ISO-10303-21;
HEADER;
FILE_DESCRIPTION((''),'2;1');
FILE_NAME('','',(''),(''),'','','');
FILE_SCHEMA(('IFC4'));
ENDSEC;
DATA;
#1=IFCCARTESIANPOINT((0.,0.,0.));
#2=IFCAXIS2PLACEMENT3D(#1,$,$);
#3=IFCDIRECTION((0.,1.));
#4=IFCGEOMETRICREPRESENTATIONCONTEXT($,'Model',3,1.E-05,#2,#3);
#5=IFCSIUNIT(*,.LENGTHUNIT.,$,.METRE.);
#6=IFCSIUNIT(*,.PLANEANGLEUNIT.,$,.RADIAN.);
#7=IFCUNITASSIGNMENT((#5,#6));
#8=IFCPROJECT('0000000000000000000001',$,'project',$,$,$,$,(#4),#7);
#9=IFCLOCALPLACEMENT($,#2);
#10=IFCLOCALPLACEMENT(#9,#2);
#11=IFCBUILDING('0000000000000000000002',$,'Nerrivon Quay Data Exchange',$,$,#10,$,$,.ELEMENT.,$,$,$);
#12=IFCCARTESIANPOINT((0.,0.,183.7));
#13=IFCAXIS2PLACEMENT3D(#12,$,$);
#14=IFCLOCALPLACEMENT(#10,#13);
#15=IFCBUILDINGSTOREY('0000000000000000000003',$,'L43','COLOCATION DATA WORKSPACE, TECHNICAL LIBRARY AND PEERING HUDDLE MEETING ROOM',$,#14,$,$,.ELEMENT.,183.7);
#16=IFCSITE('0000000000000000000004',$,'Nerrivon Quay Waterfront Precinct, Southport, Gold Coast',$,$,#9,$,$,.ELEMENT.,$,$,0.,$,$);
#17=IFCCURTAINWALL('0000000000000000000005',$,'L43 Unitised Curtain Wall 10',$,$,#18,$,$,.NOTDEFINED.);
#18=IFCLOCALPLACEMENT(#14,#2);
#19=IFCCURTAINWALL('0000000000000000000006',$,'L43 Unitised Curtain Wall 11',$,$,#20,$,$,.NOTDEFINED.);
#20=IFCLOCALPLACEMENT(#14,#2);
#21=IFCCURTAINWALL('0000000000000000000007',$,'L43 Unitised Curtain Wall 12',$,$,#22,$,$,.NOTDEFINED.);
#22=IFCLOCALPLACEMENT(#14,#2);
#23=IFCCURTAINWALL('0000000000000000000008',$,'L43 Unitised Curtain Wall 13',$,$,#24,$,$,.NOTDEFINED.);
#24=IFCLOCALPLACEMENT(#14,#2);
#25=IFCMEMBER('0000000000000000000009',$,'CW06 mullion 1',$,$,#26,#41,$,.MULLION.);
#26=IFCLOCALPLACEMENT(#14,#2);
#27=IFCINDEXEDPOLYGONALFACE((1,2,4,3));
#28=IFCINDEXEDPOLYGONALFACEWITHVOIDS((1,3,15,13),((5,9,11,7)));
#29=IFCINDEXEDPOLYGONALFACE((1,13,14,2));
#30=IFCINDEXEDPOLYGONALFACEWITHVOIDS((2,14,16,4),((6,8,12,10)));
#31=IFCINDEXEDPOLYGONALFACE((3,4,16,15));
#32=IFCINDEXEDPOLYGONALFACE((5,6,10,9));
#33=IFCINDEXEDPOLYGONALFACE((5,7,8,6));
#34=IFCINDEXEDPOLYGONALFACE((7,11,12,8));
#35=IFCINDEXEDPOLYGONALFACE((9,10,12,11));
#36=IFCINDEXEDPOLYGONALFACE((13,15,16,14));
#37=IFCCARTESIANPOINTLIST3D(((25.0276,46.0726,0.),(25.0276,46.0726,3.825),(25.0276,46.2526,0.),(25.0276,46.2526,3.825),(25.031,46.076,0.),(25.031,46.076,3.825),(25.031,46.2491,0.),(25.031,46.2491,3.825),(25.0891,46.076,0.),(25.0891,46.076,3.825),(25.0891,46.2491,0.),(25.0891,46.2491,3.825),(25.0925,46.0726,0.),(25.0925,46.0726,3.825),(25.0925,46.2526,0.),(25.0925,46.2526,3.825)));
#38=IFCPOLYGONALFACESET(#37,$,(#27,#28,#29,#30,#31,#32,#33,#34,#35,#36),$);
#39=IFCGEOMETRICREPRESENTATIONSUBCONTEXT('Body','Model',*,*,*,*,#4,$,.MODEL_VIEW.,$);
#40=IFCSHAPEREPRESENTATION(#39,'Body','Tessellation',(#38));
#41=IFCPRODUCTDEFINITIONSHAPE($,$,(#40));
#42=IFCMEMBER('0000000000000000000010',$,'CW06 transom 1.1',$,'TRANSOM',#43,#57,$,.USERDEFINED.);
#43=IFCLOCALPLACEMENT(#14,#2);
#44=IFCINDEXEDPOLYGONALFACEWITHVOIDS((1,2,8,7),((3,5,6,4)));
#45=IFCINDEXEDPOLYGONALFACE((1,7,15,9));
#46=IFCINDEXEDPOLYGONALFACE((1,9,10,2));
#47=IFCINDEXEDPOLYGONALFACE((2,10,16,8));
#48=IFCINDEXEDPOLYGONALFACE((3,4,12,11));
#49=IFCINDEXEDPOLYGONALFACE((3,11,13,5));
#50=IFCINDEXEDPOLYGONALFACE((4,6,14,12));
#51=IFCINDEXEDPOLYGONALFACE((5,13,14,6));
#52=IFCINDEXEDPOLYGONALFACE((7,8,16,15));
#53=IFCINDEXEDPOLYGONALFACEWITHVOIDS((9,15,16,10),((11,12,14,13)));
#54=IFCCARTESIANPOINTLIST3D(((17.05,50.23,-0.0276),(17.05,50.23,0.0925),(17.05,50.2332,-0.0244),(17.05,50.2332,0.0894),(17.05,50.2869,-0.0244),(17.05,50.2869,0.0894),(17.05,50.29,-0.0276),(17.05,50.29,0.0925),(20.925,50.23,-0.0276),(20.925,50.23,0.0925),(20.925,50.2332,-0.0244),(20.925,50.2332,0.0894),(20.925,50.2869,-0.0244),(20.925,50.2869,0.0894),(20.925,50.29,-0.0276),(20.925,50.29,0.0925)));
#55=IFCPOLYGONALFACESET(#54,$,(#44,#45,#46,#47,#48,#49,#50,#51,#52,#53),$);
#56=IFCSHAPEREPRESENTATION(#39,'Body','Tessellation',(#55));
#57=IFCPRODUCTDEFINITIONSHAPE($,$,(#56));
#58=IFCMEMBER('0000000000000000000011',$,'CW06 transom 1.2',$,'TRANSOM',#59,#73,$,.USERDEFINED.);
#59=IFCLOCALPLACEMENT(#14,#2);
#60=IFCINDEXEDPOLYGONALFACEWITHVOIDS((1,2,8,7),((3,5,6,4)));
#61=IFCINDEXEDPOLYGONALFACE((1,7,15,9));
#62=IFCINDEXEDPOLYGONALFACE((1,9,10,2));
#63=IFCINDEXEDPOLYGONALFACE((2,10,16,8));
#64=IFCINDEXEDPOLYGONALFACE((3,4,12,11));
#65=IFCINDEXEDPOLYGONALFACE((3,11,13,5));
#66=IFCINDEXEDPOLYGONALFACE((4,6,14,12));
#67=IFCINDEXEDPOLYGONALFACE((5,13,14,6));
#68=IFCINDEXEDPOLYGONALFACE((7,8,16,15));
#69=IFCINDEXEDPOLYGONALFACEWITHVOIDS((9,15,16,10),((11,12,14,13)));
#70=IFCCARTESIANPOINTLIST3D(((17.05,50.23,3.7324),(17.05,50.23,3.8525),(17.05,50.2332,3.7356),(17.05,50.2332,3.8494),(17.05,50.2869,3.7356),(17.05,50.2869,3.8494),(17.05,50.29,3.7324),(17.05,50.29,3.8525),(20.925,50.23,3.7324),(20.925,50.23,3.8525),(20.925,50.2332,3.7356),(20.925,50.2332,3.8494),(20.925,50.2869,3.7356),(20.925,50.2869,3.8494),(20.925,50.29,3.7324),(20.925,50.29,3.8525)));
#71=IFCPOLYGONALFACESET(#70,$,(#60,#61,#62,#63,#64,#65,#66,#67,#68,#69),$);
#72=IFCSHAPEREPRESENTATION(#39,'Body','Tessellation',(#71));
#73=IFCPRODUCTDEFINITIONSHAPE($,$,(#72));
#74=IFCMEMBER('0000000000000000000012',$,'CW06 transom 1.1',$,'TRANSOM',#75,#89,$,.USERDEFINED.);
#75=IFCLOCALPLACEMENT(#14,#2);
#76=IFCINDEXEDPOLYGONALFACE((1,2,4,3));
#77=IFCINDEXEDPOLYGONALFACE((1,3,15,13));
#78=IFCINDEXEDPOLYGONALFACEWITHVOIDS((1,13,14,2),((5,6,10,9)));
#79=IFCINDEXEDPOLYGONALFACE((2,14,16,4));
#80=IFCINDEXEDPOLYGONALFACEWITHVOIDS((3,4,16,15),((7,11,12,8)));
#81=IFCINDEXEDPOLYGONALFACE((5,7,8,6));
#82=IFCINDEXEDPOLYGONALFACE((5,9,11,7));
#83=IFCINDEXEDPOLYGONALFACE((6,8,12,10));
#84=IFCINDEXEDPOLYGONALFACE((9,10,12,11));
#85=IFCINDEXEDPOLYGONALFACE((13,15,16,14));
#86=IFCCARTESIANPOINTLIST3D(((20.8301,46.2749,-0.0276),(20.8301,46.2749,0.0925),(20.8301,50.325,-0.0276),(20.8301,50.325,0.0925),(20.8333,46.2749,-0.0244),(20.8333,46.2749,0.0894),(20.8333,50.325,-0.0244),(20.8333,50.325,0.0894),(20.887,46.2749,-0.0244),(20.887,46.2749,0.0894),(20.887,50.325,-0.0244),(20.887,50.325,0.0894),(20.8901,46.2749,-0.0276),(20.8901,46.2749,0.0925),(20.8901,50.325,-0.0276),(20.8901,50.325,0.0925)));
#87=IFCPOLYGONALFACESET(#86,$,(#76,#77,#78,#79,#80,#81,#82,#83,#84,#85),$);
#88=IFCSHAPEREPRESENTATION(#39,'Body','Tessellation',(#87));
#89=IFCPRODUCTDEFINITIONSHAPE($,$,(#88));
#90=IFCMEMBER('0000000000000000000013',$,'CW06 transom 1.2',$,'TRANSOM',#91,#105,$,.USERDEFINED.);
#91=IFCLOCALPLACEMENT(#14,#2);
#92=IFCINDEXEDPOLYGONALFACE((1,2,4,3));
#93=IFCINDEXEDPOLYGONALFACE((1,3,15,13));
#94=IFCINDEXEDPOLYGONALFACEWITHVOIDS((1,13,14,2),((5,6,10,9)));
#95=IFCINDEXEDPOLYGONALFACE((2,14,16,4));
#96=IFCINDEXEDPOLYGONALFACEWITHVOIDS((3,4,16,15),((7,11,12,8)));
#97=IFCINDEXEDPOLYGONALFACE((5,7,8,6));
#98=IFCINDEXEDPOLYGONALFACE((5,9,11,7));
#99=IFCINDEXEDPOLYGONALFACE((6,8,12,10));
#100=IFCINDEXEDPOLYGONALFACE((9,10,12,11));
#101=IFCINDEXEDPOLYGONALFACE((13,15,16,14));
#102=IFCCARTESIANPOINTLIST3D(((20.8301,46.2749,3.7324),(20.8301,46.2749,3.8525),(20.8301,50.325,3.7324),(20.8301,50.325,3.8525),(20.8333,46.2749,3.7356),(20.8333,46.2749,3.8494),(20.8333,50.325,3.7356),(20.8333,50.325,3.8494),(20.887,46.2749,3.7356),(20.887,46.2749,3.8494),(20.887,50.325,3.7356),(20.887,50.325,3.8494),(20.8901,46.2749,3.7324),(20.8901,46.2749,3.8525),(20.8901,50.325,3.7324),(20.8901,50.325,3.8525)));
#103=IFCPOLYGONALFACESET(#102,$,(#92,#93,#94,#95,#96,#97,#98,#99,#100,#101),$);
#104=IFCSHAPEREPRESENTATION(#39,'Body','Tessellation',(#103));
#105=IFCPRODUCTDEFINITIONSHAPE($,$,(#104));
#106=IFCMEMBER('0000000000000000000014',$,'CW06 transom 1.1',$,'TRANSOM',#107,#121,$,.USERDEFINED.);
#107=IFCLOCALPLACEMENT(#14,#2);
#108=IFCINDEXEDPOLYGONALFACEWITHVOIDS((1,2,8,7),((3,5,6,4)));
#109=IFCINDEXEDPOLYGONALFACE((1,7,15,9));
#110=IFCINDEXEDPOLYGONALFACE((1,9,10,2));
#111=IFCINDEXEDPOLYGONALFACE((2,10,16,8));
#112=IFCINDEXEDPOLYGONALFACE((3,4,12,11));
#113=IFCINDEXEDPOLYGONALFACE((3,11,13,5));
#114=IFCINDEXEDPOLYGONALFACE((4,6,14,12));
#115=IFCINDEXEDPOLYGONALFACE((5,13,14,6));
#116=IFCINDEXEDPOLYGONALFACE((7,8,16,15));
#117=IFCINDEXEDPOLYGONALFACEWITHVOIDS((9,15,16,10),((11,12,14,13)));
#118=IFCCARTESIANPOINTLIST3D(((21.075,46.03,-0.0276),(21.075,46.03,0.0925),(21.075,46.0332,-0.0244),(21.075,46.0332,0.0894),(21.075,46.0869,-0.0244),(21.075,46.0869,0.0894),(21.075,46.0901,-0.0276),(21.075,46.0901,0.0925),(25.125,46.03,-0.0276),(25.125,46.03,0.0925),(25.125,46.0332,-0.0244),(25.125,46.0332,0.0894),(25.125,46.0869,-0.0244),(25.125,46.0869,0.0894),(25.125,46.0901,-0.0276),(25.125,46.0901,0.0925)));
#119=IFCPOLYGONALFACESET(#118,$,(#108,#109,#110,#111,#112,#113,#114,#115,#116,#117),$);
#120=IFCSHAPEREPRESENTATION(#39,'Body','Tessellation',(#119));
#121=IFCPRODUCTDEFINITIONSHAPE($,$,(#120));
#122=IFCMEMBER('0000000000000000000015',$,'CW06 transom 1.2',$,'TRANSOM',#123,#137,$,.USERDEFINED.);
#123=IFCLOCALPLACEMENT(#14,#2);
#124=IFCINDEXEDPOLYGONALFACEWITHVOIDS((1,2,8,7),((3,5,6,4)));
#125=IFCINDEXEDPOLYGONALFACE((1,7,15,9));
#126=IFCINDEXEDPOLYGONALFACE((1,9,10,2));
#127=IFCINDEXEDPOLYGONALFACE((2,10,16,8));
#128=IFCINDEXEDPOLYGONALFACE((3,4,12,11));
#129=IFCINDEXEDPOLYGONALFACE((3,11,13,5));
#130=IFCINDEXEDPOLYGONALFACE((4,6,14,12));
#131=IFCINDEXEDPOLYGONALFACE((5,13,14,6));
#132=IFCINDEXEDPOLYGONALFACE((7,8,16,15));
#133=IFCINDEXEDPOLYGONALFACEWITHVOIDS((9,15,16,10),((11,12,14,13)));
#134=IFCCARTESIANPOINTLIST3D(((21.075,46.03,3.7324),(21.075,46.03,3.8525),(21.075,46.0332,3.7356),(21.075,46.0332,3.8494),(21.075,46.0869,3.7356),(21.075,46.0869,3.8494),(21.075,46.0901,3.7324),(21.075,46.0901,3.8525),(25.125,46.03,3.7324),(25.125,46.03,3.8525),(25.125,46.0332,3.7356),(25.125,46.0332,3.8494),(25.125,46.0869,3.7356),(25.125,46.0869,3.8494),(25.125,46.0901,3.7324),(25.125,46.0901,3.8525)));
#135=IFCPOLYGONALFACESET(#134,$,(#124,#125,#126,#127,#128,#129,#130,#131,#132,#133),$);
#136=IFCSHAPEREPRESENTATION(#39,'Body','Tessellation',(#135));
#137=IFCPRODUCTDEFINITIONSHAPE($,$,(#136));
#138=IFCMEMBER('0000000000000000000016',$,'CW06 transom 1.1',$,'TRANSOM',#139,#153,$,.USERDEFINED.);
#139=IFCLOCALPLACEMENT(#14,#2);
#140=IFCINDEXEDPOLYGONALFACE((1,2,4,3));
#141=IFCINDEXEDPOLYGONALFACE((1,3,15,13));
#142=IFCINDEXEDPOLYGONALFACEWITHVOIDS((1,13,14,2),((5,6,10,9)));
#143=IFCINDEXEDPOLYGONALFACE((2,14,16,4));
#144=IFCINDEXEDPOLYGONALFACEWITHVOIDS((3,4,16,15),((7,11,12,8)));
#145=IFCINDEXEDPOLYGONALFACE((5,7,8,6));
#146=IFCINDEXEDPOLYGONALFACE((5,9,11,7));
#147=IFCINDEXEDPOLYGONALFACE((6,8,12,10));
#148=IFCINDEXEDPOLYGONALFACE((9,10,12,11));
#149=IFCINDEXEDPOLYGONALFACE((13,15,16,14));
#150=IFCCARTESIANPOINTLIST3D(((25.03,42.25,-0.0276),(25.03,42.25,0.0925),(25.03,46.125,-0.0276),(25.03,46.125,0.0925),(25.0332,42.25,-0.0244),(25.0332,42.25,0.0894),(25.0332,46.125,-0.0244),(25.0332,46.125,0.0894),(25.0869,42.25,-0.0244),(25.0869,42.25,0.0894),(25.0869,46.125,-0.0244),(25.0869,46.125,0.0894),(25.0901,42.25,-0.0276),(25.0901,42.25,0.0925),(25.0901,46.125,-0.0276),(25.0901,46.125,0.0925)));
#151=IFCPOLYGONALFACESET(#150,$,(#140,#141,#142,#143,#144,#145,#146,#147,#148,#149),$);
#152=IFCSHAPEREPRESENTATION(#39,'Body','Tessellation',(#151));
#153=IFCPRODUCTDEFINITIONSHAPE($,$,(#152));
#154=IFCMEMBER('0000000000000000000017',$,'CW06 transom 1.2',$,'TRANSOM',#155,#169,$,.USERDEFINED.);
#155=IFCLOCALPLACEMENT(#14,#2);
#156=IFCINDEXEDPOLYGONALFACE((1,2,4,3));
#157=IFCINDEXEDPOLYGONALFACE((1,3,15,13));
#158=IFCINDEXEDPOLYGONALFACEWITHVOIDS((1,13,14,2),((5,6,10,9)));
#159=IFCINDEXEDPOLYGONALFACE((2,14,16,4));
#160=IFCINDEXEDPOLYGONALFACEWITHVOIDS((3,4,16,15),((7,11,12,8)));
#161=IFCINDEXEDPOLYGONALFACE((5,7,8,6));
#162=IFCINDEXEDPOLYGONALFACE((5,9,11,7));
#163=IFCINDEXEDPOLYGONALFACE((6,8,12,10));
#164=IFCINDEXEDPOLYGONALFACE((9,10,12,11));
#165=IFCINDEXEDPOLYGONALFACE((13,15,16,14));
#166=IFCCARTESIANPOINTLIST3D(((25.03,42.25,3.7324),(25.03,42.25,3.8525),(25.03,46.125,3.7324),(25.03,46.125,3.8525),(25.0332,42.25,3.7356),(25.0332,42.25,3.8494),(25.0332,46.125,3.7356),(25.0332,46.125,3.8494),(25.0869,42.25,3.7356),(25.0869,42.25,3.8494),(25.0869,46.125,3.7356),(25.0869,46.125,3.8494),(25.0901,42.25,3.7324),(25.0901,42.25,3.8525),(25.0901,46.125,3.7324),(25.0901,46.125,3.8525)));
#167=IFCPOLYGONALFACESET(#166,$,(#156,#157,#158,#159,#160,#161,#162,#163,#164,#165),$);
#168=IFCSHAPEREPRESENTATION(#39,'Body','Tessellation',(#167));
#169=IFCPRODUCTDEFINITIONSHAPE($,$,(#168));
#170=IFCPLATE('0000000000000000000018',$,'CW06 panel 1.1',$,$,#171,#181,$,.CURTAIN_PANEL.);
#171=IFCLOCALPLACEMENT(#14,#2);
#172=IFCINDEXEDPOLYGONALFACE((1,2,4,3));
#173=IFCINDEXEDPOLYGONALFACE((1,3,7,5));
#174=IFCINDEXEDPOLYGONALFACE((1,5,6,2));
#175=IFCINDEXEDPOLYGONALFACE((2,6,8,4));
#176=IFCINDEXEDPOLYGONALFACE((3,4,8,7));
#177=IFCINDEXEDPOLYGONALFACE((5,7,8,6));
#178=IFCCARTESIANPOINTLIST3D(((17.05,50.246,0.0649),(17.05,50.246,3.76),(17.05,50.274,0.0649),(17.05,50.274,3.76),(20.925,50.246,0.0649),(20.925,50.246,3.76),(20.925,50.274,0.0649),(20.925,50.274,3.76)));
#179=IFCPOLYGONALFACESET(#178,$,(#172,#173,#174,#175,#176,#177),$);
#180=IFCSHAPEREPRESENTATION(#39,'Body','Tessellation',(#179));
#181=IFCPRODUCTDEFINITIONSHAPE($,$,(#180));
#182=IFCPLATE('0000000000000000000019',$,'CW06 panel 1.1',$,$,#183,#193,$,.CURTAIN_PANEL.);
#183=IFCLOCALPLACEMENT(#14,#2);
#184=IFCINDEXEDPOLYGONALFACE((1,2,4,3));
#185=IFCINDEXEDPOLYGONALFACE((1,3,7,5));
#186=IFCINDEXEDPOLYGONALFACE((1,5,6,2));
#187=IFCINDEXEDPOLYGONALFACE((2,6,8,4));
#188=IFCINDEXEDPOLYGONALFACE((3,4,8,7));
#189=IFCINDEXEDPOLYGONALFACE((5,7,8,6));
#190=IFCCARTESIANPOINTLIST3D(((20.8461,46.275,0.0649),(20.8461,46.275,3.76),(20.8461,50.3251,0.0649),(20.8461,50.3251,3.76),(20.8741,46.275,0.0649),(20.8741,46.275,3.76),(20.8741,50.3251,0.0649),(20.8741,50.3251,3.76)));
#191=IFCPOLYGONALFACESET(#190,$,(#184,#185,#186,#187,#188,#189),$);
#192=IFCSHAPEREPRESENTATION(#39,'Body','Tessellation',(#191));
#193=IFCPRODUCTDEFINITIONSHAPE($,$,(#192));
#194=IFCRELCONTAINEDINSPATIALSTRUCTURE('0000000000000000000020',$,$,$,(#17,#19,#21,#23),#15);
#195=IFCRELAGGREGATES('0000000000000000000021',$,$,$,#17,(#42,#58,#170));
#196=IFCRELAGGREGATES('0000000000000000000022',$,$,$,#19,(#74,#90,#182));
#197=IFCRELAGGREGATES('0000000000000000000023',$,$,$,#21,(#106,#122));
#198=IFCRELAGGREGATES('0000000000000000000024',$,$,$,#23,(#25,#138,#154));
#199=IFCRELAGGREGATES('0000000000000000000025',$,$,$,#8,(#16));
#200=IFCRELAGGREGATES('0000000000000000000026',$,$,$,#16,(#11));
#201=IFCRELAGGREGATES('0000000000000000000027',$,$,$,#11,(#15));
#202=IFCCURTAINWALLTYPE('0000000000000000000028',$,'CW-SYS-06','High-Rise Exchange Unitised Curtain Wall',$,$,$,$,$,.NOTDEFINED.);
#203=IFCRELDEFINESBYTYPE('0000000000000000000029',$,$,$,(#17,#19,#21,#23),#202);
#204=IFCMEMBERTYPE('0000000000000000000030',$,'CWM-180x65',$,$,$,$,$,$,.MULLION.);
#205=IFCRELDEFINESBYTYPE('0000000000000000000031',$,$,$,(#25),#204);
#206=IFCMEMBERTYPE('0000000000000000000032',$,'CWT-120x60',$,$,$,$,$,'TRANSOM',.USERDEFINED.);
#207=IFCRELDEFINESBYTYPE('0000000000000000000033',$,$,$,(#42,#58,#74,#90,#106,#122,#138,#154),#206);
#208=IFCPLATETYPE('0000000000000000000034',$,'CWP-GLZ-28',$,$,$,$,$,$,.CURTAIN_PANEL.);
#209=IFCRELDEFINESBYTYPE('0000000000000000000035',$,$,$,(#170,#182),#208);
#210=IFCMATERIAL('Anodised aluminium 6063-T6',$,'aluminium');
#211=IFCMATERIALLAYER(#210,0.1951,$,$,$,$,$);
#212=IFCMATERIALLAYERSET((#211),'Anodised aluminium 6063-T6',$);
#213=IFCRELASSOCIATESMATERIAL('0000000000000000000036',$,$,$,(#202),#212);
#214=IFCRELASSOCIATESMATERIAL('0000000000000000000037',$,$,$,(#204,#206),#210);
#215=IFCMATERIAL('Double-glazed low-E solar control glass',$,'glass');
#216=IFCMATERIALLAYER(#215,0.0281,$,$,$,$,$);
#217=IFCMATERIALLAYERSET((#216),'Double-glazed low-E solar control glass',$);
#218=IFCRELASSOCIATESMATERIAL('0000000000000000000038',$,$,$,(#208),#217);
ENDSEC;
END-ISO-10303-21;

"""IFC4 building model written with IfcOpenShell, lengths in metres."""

from ifc_helpers import new_model, si_unit, direction, frame, origin, origin_2d, place, context, subcontext, project, spatial, rectangle, hollow_rectangle, extrude, material, layer, layer_set, material_profile, profile_set, type_object, element, aggregate, save


model = new_model("IFC4")

# Units and contexts
model_context = context("Model", 3, precision=1e-05, world=origin(), true_north=direction((0.0, 1.0)))
body_context = subcontext(model_context, "Body", "Model", "MODEL_VIEW")
ifc_project = project(units=[si_unit("LENGTHUNIT", "METRE"), si_unit("PLANEANGLEUNIT", "RADIAN")], contexts=[model_context])

# Site, building, storey
site_placement = place(None, origin())
site = spatial("IfcSite", under=ifc_project, at=site_placement, Name="Nerrivon Quay Waterfront Precinct, Southport, Gold Coast", CompositionType="ELEMENT", RefElevation=0.0)
building_placement = place(site_placement, origin())
building = spatial("IfcBuilding", under=site, at=building_placement, Name="Nerrivon Quay Data Exchange", CompositionType="ELEMENT")
storey_placement = place(building_placement, frame((0.0, 0.0, 183.7)))
storey = spatial("IfcBuildingStorey", under=building, at=storey_placement, Name="L43", Description="COLOCATION DATA WORKSPACE, TECHNICAL LIBRARY AND PEERING HUDDLE MEETING ROOM", CompositionType="ELEMENT", Elevation=183.7)

# Shared definitions
ifc_material_1 = material(Name="Anodised aluminium 6063-T6", Category="aluminium")
ifc_layer_1 = layer(ifc_material_1, 0.1951)
ifc_layer_set_1 = layer_set([ifc_layer_1], Name="Anodised aluminium 6063-T6")
curtain_wall_type = type_object("IfcCurtainWallType", Name="CW-SYS-06", Description="High-Rise Exchange Unitised Curtain Wall", PredefinedType="NOTDEFINED", material=ifc_layer_set_1)
ifc_material_profile_1 = material_profile(ifc_material_1, hollow_rectangle(XDim=0.0649, YDim=0.1799, WallThickness=0.0034, at=origin_2d()), Name="ALU-MULL-180x65")
ifc_profile_set_1 = profile_set([ifc_material_profile_1], Name="Anodised aluminium 6063-T6")
member_type_1 = type_object("IfcMemberType", Name="CWM-180x65", PredefinedType="MULLION", material=ifc_profile_set_1)

# Curtain walls
curtain_wall_1_placement = place(storey_placement, origin())
curtain_wall_1 = element("IfcCurtainWall", 1, at=curtain_wall_1_placement, inside=storey, type_object=curtain_wall_type, Name="L43 Unitised Curtain Wall 10", PredefinedType="NOTDEFINED")
curtain_wall_2_placement = place(storey_placement, origin())
curtain_wall_2 = element("IfcCurtainWall", 2, at=curtain_wall_2_placement, inside=storey, type_object=curtain_wall_type, Name="L43 Unitised Curtain Wall 11", PredefinedType="NOTDEFINED")
curtain_wall_3_placement = place(storey_placement, origin())
curtain_wall_3 = element("IfcCurtainWall", 3, at=curtain_wall_3_placement, inside=storey, type_object=curtain_wall_type, Name="L43 Unitised Curtain Wall 12", PredefinedType="NOTDEFINED")

# Curtain wall, member
curtain_wall_4_placement = place(storey_placement, origin())
curtain_wall_4 = element("IfcCurtainWall", 4, at=curtain_wall_4_placement, inside=storey, type_object=curtain_wall_type, Name="L43 Unitised Curtain Wall 13", PredefinedType="NOTDEFINED")
member_1_placement = place(storey_placement, frame((25.0601, 46.1626, 0.0), z_axis=(0.0, 0.0, 1.0), x_axis=(1.0, 0.0, 0.0)))
member_1 = element("IfcMember", 5, at=member_1_placement, type_object=member_type_1, Name="CW06 mullion 1", PredefinedType="MULLION", context=body_context, shape_type="SweptSolid", body=[
    extrude(hollow_rectangle(XDim=0.0649, YDim=0.1799, WallThickness=0.0034, at=origin_2d()), origin(), (0.0, 0.0, 1.0), 3.825),
])

# Members
ifc_material_profile_2 = material_profile(ifc_material_1, hollow_rectangle(XDim=0.0601, YDim=0.1201, WallThickness=0.0032, at=origin_2d()), Name="ALU-TRAN-120x60")
ifc_profile_set_2 = profile_set([ifc_material_profile_2], Name="Anodised aluminium 6063-T6")
member_type_2 = type_object("IfcMemberType", Name="CWT-120x60", ElementType="TRANSOM", PredefinedType="USERDEFINED", material=ifc_profile_set_2)
member_2_placement = place(storey_placement, frame((17.05, 50.26, 0.0325), z_axis=(1.0, 0.0, 0.0), x_axis=(0.0, 1.0, 0.0)))
member_2 = element("IfcMember", 6, at=member_2_placement, type_object=member_type_2, Name="CW06 transom 1.1", ObjectType="TRANSOM", PredefinedType="USERDEFINED", context=body_context, shape_type="SweptSolid", body=[
    extrude(hollow_rectangle(XDim=0.0601, YDim=0.1201, WallThickness=0.0032, at=origin_2d()), origin(), (0.0, 0.0, 1.0), 3.875),
])
member_3_placement = place(storey_placement, frame((17.05, 50.26, 3.7925), z_axis=(1.0, 0.0, 0.0), x_axis=(0.0, 1.0, 0.0)))
member_3 = element("IfcMember", 7, at=member_3_placement, type_object=member_type_2, Name="CW06 transom 1.2", ObjectType="TRANSOM", PredefinedType="USERDEFINED", context=body_context, shape_type="SweptSolid", body=[
    extrude(hollow_rectangle(XDim=0.0601, YDim=0.1201, WallThickness=0.0032, at=origin_2d()), origin(), (0.0, 0.0, 1.0), 3.875),
])
member_4_placement = place(storey_placement, frame((20.8601, 50.325, 0.0325), z_axis=(0.0, -1.0, 0.0), x_axis=(1.0, 0.0, 0.0)))
member_4 = element("IfcMember", 8, at=member_4_placement, type_object=member_type_2, Name="CW06 transom 1.1", ObjectType="TRANSOM", PredefinedType="USERDEFINED", context=body_context, shape_type="SweptSolid", body=[
    extrude(hollow_rectangle(XDim=0.0601, YDim=0.1201, WallThickness=0.0032, at=origin_2d()), origin(), (0.0, 0.0, 1.0), 4.05),
])
member_5_placement = place(storey_placement, frame((20.8601, 50.325, 3.7925), z_axis=(0.0, -1.0, 0.0), x_axis=(1.0, 0.0, 0.0)))
member_5 = element("IfcMember", 9, at=member_5_placement, type_object=member_type_2, Name="CW06 transom 1.2", ObjectType="TRANSOM", PredefinedType="USERDEFINED", context=body_context, shape_type="SweptSolid", body=[
    extrude(hollow_rectangle(XDim=0.0601, YDim=0.1201, WallThickness=0.0032, at=origin_2d()), origin(), (0.0, 0.0, 1.0), 4.05),
])
member_6_placement = place(storey_placement, frame((21.075, 46.0601, 0.0325), z_axis=(1.0, 0.0, 0.0), x_axis=(0.0, 1.0, 0.0)))
member_6 = element("IfcMember", 10, at=member_6_placement, type_object=member_type_2, Name="CW06 transom 1.1", ObjectType="TRANSOM", PredefinedType="USERDEFINED", context=body_context, shape_type="SweptSolid", body=[
    extrude(hollow_rectangle(XDim=0.0601, YDim=0.1201, WallThickness=0.0032, at=origin_2d()), origin(), (0.0, 0.0, 1.0), 4.05),
])
member_7_placement = place(storey_placement, frame((21.075, 46.0601, 3.7925), z_axis=(1.0, 0.0, 0.0), x_axis=(0.0, 1.0, 0.0)))
member_7 = element("IfcMember", 11, at=member_7_placement, type_object=member_type_2, Name="CW06 transom 1.2", ObjectType="TRANSOM", PredefinedType="USERDEFINED", context=body_context, shape_type="SweptSolid", body=[
    extrude(hollow_rectangle(XDim=0.0601, YDim=0.1201, WallThickness=0.0032, at=origin_2d()), origin(), (0.0, 0.0, 1.0), 4.05),
])
member_8_placement = place(storey_placement, frame((25.0601, 46.125, 0.0325), z_axis=(0.0, -1.0, 0.0), x_axis=(1.0, 0.0, 0.0)))
member_8 = element("IfcMember", 12, at=member_8_placement, type_object=member_type_2, Name="CW06 transom 1.1", ObjectType="TRANSOM", PredefinedType="USERDEFINED", context=body_context, shape_type="SweptSolid", body=[
    extrude(hollow_rectangle(XDim=0.0601, YDim=0.1201, WallThickness=0.0032, at=origin_2d()), origin(), (0.0, 0.0, 1.0), 3.875),
])
member_9_placement = place(storey_placement, frame((25.0601, 46.125, 3.7925), z_axis=(0.0, -1.0, 0.0), x_axis=(1.0, 0.0, 0.0)))
member_9 = element("IfcMember", 13, at=member_9_placement, type_object=member_type_2, Name="CW06 transom 1.2", ObjectType="TRANSOM", PredefinedType="USERDEFINED", context=body_context, shape_type="SweptSolid", body=[
    extrude(hollow_rectangle(XDim=0.0601, YDim=0.1201, WallThickness=0.0032, at=origin_2d()), origin(), (0.0, 0.0, 1.0), 3.875),
])

# Plates
ifc_material_2 = material(Name="Double-glazed low-E solar control glass", Category="glass")
ifc_layer_2 = layer(ifc_material_2, 0.0281)
ifc_layer_set_2 = layer_set([ifc_layer_2], Name="Double-glazed low-E solar control glass")
plate_type = type_object("IfcPlateType", Name="CWP-GLZ-28", PredefinedType="CURTAIN_PANEL", material=ifc_layer_set_2)
plate_1_placement = place(storey_placement, frame((18.9875, 50.26, 0.0649), z_axis=(0.0, 0.0, 1.0), x_axis=(1.0, 0.0, 0.0)))
plate_1 = element("IfcPlate", 14, at=plate_1_placement, type_object=plate_type, Name="CW06 panel 1.1", PredefinedType="CURTAIN_PANEL", context=body_context, shape_type="SweptSolid", body=[
    extrude(rectangle(XDim=3.875, YDim=0.0281, at=origin_2d()), origin(), (0.0, 0.0, 1.0), 3.6951),
])
aggregate(curtain_wall_1, [member_2, member_3, plate_1])
plate_2_placement = place(storey_placement, frame((20.8601, 48.3, 0.0649), z_axis=(0.0, 0.0, 1.0), x_axis=(0.0, -1.0, 0.0)))
plate_2 = element("IfcPlate", 15, at=plate_2_placement, type_object=plate_type, Name="CW06 panel 1.1", PredefinedType="CURTAIN_PANEL", context=body_context, shape_type="SweptSolid", body=[
    extrude(rectangle(XDim=4.05, YDim=0.0281, at=origin_2d()), origin(), (0.0, 0.0, 1.0), 3.6951),
])
aggregate(curtain_wall_2, [member_4, member_5, plate_2])
aggregate(curtain_wall_3, [member_6, member_7])
aggregate(curtain_wall_4, [member_1, member_8, member_9])

save(model, "model.ifc")
